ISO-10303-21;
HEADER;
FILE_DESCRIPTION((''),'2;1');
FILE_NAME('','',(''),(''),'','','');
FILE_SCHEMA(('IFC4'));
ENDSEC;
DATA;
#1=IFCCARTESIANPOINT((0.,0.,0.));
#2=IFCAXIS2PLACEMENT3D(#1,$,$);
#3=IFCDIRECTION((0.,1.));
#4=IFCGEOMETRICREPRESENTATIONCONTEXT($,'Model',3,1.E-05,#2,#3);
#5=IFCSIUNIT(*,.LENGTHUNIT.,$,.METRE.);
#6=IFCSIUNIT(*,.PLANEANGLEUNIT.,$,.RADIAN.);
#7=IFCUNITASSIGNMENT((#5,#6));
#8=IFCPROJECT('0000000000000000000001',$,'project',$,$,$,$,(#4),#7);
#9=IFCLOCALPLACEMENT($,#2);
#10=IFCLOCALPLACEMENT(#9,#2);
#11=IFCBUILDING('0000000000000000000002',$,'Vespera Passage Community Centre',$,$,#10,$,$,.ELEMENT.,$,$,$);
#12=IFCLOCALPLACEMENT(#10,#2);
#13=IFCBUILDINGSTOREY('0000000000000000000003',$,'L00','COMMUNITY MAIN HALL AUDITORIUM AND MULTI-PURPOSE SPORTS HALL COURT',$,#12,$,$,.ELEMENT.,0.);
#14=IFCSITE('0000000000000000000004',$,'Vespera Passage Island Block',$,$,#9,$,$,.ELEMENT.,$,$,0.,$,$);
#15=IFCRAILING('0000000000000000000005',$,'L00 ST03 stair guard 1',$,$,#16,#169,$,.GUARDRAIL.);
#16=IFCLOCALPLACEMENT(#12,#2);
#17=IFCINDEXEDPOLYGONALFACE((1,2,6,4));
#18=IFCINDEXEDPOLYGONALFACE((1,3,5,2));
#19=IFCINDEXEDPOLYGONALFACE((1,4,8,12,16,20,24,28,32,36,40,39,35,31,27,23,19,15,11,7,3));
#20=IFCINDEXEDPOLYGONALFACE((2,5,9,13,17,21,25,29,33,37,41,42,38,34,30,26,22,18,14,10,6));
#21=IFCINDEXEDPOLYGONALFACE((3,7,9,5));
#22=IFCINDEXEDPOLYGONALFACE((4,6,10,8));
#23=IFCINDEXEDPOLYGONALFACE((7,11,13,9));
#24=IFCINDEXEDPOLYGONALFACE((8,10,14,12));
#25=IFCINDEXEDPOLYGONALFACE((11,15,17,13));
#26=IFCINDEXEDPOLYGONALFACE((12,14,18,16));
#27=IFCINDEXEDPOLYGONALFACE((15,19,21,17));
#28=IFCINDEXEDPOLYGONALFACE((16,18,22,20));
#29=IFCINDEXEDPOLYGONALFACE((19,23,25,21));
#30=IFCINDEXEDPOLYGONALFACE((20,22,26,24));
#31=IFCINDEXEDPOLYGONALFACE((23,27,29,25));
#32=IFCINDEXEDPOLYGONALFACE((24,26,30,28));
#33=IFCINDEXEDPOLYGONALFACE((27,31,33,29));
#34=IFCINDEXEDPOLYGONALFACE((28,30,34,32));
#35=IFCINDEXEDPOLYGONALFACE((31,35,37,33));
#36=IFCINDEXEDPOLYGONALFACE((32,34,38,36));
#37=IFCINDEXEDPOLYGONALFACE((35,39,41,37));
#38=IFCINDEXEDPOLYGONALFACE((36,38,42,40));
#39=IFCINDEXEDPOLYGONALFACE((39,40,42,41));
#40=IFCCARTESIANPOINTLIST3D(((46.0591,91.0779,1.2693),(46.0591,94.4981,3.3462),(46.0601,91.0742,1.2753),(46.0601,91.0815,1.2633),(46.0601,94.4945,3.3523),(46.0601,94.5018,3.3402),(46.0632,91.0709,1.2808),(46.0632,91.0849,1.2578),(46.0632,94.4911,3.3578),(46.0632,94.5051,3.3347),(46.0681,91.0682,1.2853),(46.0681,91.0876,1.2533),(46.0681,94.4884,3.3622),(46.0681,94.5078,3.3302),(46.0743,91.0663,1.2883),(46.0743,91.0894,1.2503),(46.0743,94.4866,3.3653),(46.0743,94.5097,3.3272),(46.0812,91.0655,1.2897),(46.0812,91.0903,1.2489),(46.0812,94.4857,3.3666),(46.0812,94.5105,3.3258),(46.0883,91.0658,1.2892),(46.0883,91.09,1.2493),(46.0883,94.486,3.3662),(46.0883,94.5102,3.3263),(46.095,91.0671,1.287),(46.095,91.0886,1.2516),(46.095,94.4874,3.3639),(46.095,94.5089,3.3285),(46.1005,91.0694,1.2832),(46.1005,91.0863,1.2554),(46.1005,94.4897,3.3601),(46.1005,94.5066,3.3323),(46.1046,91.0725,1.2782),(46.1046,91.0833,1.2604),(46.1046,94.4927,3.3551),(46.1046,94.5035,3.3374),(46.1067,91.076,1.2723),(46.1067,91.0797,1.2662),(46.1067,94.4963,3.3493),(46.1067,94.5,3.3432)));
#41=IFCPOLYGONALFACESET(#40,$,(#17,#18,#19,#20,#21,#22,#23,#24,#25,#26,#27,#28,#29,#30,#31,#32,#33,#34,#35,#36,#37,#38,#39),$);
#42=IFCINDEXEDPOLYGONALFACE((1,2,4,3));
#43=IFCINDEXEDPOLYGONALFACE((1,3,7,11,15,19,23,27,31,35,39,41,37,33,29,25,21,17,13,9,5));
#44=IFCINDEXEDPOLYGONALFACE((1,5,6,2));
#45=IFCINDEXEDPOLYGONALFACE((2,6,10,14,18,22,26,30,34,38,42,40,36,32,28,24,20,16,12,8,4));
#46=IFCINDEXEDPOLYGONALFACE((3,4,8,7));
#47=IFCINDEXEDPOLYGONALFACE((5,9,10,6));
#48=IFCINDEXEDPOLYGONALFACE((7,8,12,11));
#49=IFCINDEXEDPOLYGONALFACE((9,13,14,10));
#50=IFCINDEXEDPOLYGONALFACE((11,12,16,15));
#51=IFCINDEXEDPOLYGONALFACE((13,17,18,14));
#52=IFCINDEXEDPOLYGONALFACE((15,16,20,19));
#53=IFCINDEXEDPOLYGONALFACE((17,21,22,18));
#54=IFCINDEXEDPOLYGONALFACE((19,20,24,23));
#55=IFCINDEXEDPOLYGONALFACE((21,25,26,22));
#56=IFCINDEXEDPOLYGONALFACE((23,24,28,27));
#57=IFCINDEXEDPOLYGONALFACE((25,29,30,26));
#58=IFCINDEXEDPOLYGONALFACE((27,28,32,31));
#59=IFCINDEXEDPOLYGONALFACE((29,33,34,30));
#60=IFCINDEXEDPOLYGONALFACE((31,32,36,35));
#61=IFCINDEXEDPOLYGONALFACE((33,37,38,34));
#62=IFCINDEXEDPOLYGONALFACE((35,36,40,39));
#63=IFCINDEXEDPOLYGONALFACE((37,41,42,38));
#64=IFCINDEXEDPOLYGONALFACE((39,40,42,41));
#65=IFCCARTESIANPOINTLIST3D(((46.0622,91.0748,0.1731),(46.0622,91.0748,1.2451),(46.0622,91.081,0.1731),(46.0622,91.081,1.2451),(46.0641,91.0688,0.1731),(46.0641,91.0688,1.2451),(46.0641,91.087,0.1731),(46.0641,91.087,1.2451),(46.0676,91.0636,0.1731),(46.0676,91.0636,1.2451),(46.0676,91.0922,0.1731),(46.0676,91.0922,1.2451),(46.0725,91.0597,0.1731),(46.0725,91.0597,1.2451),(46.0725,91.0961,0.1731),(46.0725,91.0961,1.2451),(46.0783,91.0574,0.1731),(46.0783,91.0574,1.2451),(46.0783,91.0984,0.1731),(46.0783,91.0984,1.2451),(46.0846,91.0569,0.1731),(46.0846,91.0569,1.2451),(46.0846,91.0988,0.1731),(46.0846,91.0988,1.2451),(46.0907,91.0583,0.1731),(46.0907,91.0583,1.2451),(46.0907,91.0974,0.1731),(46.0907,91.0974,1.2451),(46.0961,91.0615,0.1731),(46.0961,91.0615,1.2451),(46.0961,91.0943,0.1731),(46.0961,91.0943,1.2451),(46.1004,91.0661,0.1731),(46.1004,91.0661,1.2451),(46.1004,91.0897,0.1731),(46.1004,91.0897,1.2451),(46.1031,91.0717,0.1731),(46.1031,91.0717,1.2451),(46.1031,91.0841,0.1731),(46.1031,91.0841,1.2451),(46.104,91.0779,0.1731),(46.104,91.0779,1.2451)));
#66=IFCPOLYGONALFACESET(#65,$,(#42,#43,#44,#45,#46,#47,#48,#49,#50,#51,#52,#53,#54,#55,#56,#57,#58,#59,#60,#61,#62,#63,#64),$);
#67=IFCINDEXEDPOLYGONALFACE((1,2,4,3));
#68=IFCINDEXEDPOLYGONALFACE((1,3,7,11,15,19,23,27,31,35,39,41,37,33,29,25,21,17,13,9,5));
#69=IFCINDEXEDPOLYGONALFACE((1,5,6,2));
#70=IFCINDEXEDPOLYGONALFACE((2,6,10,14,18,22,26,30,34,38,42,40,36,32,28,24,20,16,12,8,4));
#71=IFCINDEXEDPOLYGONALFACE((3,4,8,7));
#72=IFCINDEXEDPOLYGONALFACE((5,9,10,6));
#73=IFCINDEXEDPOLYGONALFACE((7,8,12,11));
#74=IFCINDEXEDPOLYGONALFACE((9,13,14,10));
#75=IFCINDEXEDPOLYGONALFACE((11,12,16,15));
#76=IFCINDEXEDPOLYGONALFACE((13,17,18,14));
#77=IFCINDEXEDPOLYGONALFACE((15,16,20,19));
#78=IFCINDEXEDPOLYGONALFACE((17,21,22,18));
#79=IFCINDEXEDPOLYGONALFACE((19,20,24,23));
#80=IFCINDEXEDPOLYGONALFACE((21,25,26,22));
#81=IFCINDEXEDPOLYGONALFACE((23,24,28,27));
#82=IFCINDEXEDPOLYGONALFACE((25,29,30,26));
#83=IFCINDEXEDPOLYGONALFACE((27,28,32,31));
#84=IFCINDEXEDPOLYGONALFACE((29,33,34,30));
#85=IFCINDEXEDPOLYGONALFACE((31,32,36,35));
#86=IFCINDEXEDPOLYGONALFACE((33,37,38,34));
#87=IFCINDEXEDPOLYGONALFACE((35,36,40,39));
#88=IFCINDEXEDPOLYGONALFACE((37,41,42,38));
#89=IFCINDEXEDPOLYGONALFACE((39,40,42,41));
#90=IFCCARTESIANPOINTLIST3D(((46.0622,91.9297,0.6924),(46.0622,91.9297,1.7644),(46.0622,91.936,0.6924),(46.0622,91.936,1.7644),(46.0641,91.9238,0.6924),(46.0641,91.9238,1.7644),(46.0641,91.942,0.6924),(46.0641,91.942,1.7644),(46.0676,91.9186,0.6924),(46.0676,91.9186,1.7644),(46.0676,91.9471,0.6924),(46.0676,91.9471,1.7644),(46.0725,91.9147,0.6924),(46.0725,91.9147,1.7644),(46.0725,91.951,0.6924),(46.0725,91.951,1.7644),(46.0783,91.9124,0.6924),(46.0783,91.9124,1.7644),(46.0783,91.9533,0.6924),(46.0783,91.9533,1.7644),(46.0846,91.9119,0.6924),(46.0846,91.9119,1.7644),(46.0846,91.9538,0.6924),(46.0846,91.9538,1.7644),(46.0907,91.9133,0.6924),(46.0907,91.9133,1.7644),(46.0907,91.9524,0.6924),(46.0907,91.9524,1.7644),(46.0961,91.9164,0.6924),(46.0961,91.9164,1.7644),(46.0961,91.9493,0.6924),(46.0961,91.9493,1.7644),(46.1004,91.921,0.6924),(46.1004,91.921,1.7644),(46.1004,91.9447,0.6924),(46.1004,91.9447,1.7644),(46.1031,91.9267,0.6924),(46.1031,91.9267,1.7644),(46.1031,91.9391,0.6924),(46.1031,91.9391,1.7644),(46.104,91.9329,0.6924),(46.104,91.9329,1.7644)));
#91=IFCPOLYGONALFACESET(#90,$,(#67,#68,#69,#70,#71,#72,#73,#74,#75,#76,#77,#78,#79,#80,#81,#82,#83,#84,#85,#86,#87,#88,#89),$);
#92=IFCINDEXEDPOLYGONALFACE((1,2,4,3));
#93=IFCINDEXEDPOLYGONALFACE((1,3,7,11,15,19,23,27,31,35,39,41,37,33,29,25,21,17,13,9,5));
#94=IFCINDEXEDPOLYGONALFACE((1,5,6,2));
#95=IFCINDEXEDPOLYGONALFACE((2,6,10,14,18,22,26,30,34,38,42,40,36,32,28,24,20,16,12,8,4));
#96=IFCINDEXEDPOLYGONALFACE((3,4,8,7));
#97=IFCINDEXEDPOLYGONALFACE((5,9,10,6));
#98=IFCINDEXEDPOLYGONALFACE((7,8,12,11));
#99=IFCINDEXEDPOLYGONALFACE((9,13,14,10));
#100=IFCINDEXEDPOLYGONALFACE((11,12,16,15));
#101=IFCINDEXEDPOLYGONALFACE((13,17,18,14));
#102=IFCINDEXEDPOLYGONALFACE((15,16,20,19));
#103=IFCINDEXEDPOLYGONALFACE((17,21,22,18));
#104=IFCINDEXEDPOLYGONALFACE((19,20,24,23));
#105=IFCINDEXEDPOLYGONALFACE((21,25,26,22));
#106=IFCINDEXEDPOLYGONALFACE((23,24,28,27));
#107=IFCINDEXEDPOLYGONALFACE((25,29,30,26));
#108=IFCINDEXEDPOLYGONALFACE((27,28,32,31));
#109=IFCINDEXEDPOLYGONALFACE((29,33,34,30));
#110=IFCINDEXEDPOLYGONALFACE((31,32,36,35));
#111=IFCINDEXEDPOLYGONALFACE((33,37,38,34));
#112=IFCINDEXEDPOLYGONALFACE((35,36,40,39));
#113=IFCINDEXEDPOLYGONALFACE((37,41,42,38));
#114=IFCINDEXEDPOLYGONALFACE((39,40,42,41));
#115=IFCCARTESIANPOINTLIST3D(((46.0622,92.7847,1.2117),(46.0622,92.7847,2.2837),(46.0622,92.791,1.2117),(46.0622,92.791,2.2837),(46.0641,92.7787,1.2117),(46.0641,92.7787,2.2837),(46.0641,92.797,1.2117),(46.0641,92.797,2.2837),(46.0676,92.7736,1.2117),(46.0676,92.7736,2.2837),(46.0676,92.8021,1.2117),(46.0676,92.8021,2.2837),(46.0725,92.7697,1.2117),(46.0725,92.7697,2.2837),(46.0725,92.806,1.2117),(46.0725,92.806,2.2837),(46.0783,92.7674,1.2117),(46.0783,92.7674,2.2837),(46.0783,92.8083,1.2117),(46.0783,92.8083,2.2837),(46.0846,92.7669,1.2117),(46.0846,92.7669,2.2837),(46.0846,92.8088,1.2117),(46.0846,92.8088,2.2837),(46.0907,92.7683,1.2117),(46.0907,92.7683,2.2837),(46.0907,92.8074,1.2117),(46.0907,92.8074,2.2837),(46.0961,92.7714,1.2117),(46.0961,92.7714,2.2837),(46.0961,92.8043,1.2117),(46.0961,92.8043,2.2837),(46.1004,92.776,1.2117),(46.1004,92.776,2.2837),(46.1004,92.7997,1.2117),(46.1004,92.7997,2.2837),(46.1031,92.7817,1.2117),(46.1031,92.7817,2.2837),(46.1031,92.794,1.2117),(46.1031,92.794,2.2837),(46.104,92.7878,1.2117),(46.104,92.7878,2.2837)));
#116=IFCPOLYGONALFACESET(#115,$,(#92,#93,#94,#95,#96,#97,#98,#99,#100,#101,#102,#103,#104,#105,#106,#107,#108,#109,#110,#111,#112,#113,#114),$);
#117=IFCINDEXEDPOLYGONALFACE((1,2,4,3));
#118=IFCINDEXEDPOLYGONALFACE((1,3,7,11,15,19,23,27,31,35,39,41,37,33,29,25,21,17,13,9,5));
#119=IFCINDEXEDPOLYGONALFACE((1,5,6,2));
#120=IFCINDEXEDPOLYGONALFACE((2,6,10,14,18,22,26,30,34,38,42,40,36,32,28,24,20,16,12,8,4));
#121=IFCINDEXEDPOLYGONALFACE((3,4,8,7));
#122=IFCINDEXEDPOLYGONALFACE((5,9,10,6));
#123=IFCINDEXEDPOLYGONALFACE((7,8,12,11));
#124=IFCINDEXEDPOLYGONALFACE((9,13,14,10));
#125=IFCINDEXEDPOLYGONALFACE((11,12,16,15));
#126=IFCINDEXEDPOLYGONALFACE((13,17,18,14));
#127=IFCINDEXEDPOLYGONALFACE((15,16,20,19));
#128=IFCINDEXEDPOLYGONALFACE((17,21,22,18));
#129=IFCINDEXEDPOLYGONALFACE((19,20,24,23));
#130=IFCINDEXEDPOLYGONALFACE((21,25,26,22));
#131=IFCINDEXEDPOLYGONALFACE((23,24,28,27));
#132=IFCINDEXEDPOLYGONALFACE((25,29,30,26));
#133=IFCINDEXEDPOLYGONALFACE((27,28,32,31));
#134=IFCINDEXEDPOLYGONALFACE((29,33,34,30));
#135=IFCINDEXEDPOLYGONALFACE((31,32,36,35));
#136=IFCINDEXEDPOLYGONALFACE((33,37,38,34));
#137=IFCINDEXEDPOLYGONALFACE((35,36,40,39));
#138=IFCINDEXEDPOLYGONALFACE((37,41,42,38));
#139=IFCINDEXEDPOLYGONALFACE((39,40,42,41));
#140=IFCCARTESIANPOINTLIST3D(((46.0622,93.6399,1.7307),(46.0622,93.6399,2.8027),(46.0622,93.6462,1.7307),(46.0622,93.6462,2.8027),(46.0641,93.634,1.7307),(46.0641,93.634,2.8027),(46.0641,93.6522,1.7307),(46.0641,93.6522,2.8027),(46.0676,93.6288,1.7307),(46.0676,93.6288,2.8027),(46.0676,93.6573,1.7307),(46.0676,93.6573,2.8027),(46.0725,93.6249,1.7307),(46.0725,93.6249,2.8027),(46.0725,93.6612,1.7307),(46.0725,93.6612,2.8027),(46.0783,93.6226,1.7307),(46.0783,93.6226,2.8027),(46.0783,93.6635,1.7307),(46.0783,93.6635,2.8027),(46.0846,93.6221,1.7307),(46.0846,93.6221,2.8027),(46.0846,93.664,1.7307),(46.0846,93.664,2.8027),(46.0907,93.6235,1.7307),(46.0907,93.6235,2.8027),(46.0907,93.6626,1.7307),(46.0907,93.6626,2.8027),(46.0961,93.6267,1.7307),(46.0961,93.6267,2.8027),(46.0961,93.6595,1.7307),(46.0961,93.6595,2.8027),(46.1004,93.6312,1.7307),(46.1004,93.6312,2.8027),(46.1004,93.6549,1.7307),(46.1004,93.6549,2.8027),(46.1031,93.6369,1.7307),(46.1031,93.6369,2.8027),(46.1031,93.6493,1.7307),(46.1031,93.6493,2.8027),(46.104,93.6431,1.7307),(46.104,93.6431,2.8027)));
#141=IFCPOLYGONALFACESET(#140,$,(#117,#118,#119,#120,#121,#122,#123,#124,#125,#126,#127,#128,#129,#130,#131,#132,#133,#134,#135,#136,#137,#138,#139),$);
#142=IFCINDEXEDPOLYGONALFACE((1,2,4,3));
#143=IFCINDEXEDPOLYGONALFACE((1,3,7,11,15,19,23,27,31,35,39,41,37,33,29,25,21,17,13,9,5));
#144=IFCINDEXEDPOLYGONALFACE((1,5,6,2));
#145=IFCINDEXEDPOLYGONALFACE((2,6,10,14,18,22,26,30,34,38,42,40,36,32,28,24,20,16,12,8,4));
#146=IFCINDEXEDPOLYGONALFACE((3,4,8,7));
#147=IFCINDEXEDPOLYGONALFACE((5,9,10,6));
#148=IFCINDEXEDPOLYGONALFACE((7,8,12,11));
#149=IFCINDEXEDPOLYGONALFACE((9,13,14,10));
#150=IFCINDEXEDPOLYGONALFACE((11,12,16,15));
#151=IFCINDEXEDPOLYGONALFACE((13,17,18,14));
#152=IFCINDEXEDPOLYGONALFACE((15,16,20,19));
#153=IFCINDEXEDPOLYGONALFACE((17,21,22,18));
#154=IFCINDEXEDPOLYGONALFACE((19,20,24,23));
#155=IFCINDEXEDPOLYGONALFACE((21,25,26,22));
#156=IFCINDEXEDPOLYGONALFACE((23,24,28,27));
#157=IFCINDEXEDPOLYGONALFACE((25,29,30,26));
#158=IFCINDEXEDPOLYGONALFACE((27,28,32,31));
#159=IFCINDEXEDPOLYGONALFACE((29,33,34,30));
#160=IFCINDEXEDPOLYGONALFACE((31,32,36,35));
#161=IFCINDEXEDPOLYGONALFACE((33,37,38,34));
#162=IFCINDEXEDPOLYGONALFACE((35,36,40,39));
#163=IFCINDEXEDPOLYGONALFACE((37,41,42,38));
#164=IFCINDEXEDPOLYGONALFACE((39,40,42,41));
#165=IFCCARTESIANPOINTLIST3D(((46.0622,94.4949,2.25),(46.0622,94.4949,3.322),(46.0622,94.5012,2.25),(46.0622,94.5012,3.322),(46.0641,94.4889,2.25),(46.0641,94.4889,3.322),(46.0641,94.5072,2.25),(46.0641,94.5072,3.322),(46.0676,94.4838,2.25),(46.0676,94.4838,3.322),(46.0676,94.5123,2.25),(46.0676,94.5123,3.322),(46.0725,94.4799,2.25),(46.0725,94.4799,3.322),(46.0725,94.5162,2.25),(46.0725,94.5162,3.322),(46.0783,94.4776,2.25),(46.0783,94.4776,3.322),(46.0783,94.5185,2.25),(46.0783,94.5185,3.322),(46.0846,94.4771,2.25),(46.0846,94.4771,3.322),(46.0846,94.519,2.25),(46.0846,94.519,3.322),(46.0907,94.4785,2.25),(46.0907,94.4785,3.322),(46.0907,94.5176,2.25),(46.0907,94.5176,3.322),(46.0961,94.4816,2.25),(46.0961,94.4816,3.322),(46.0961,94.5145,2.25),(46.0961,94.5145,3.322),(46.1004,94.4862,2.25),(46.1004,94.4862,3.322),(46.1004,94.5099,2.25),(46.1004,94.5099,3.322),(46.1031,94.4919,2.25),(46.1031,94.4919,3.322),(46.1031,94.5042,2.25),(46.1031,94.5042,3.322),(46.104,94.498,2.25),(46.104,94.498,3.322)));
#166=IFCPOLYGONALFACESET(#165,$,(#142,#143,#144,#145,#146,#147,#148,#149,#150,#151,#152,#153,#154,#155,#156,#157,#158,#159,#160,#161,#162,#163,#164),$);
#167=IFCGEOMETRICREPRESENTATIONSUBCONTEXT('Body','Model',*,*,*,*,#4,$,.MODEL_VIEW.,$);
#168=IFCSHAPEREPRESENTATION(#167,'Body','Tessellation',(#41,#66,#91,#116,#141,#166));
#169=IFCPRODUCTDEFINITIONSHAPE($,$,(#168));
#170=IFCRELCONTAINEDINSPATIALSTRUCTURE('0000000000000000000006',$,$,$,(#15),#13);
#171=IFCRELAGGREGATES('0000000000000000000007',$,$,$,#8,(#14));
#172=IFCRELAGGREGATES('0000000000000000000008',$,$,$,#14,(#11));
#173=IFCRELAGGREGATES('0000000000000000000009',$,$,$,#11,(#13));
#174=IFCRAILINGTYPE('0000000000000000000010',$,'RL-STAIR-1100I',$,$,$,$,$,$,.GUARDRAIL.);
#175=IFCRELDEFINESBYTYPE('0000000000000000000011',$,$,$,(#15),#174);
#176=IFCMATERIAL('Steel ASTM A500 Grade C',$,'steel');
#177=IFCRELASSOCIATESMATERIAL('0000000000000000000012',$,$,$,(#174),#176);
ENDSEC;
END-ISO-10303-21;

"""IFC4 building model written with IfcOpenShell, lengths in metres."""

from ifc_helpers import new_model, si_unit, direction, frame, origin, origin_2d, place, context, subcontext, project, spatial, circle, extrude, material, type_object, element, save


model = new_model("IFC4")

# Units and contexts
model_context = context("Model", 3, precision=1e-05, world=origin(), true_north=direction((0.0, 1.0)))
body_context = subcontext(model_context, "Body", "Model", "MODEL_VIEW")
ifc_project = project(units=[si_unit("LENGTHUNIT", "METRE"), si_unit("PLANEANGLEUNIT", "RADIAN")], contexts=[model_context])

# Site, building, storey
site_placement = place(None, origin())
site = spatial("IfcSite", under=ifc_project, at=site_placement, Name="Vespera Passage Island Block", CompositionType="ELEMENT", RefElevation=0.0)
building_placement = place(site_placement, origin())
building = spatial("IfcBuilding", under=site, at=building_placement, Name="Vespera Passage Community Centre", CompositionType="ELEMENT")
storey_placement = place(building_placement, origin())
storey = spatial("IfcBuildingStorey", under=building, at=storey_placement, Name="L00", Description="COMMUNITY MAIN HALL AUDITORIUM AND MULTI-PURPOSE SPORTS HALL COURT", CompositionType="ELEMENT", Elevation=0.0)

# Railing
ifc_material_1 = material(Name="Steel ASTM A500 Grade C", Category="steel")
railing_type = type_object("IfcRailingType", Name="RL-STAIR-1100I", PredefinedType="GUARDRAIL", material=ifc_material_1)
railing_1_placement = place(storey_placement, frame((46.083, 91.0779, 0.1731)))
element("IfcRailing", 1, at=railing_1_placement, inside=storey, type_object=railing_type, Name="L00 ST03 stair guard 1", PredefinedType="GUARDRAIL", context=body_context, shape_type="SweptSolid", body=[
    extrude(circle(Radius=0.0239, at=origin_2d()), frame((0.0, 0.0, 1.0962), z_axis=(0.0, 0.854746, 0.519047), x_axis=(-1.0, 0.0, 0.0)), (0.0, 0.0, 1.0), 4.0015),
    extrude(circle(Radius=0.021, at=origin_2d()), origin(), (0.0, 0.0, 1.0), 1.072),
    extrude(circle(Radius=0.021, at=origin_2d()), frame((0.0, 0.855, 0.5193)), (0.0, 0.0, 1.0), 1.072),
    extrude(circle(Radius=0.021, at=origin_2d()), frame((0.0, 1.71, 1.0386)), (0.0, 0.0, 1.0), 1.072),
    extrude(circle(Radius=0.021, at=origin_2d()), frame((0.0, 2.5652, 1.5576)), (0.0, 0.0, 1.0), 1.072),
    extrude(circle(Radius=0.021, at=origin_2d()), frame((0.0, 3.4202, 2.0769)), (0.0, 0.0, 1.0), 1.072),
])

save(model, "model.ifc")
